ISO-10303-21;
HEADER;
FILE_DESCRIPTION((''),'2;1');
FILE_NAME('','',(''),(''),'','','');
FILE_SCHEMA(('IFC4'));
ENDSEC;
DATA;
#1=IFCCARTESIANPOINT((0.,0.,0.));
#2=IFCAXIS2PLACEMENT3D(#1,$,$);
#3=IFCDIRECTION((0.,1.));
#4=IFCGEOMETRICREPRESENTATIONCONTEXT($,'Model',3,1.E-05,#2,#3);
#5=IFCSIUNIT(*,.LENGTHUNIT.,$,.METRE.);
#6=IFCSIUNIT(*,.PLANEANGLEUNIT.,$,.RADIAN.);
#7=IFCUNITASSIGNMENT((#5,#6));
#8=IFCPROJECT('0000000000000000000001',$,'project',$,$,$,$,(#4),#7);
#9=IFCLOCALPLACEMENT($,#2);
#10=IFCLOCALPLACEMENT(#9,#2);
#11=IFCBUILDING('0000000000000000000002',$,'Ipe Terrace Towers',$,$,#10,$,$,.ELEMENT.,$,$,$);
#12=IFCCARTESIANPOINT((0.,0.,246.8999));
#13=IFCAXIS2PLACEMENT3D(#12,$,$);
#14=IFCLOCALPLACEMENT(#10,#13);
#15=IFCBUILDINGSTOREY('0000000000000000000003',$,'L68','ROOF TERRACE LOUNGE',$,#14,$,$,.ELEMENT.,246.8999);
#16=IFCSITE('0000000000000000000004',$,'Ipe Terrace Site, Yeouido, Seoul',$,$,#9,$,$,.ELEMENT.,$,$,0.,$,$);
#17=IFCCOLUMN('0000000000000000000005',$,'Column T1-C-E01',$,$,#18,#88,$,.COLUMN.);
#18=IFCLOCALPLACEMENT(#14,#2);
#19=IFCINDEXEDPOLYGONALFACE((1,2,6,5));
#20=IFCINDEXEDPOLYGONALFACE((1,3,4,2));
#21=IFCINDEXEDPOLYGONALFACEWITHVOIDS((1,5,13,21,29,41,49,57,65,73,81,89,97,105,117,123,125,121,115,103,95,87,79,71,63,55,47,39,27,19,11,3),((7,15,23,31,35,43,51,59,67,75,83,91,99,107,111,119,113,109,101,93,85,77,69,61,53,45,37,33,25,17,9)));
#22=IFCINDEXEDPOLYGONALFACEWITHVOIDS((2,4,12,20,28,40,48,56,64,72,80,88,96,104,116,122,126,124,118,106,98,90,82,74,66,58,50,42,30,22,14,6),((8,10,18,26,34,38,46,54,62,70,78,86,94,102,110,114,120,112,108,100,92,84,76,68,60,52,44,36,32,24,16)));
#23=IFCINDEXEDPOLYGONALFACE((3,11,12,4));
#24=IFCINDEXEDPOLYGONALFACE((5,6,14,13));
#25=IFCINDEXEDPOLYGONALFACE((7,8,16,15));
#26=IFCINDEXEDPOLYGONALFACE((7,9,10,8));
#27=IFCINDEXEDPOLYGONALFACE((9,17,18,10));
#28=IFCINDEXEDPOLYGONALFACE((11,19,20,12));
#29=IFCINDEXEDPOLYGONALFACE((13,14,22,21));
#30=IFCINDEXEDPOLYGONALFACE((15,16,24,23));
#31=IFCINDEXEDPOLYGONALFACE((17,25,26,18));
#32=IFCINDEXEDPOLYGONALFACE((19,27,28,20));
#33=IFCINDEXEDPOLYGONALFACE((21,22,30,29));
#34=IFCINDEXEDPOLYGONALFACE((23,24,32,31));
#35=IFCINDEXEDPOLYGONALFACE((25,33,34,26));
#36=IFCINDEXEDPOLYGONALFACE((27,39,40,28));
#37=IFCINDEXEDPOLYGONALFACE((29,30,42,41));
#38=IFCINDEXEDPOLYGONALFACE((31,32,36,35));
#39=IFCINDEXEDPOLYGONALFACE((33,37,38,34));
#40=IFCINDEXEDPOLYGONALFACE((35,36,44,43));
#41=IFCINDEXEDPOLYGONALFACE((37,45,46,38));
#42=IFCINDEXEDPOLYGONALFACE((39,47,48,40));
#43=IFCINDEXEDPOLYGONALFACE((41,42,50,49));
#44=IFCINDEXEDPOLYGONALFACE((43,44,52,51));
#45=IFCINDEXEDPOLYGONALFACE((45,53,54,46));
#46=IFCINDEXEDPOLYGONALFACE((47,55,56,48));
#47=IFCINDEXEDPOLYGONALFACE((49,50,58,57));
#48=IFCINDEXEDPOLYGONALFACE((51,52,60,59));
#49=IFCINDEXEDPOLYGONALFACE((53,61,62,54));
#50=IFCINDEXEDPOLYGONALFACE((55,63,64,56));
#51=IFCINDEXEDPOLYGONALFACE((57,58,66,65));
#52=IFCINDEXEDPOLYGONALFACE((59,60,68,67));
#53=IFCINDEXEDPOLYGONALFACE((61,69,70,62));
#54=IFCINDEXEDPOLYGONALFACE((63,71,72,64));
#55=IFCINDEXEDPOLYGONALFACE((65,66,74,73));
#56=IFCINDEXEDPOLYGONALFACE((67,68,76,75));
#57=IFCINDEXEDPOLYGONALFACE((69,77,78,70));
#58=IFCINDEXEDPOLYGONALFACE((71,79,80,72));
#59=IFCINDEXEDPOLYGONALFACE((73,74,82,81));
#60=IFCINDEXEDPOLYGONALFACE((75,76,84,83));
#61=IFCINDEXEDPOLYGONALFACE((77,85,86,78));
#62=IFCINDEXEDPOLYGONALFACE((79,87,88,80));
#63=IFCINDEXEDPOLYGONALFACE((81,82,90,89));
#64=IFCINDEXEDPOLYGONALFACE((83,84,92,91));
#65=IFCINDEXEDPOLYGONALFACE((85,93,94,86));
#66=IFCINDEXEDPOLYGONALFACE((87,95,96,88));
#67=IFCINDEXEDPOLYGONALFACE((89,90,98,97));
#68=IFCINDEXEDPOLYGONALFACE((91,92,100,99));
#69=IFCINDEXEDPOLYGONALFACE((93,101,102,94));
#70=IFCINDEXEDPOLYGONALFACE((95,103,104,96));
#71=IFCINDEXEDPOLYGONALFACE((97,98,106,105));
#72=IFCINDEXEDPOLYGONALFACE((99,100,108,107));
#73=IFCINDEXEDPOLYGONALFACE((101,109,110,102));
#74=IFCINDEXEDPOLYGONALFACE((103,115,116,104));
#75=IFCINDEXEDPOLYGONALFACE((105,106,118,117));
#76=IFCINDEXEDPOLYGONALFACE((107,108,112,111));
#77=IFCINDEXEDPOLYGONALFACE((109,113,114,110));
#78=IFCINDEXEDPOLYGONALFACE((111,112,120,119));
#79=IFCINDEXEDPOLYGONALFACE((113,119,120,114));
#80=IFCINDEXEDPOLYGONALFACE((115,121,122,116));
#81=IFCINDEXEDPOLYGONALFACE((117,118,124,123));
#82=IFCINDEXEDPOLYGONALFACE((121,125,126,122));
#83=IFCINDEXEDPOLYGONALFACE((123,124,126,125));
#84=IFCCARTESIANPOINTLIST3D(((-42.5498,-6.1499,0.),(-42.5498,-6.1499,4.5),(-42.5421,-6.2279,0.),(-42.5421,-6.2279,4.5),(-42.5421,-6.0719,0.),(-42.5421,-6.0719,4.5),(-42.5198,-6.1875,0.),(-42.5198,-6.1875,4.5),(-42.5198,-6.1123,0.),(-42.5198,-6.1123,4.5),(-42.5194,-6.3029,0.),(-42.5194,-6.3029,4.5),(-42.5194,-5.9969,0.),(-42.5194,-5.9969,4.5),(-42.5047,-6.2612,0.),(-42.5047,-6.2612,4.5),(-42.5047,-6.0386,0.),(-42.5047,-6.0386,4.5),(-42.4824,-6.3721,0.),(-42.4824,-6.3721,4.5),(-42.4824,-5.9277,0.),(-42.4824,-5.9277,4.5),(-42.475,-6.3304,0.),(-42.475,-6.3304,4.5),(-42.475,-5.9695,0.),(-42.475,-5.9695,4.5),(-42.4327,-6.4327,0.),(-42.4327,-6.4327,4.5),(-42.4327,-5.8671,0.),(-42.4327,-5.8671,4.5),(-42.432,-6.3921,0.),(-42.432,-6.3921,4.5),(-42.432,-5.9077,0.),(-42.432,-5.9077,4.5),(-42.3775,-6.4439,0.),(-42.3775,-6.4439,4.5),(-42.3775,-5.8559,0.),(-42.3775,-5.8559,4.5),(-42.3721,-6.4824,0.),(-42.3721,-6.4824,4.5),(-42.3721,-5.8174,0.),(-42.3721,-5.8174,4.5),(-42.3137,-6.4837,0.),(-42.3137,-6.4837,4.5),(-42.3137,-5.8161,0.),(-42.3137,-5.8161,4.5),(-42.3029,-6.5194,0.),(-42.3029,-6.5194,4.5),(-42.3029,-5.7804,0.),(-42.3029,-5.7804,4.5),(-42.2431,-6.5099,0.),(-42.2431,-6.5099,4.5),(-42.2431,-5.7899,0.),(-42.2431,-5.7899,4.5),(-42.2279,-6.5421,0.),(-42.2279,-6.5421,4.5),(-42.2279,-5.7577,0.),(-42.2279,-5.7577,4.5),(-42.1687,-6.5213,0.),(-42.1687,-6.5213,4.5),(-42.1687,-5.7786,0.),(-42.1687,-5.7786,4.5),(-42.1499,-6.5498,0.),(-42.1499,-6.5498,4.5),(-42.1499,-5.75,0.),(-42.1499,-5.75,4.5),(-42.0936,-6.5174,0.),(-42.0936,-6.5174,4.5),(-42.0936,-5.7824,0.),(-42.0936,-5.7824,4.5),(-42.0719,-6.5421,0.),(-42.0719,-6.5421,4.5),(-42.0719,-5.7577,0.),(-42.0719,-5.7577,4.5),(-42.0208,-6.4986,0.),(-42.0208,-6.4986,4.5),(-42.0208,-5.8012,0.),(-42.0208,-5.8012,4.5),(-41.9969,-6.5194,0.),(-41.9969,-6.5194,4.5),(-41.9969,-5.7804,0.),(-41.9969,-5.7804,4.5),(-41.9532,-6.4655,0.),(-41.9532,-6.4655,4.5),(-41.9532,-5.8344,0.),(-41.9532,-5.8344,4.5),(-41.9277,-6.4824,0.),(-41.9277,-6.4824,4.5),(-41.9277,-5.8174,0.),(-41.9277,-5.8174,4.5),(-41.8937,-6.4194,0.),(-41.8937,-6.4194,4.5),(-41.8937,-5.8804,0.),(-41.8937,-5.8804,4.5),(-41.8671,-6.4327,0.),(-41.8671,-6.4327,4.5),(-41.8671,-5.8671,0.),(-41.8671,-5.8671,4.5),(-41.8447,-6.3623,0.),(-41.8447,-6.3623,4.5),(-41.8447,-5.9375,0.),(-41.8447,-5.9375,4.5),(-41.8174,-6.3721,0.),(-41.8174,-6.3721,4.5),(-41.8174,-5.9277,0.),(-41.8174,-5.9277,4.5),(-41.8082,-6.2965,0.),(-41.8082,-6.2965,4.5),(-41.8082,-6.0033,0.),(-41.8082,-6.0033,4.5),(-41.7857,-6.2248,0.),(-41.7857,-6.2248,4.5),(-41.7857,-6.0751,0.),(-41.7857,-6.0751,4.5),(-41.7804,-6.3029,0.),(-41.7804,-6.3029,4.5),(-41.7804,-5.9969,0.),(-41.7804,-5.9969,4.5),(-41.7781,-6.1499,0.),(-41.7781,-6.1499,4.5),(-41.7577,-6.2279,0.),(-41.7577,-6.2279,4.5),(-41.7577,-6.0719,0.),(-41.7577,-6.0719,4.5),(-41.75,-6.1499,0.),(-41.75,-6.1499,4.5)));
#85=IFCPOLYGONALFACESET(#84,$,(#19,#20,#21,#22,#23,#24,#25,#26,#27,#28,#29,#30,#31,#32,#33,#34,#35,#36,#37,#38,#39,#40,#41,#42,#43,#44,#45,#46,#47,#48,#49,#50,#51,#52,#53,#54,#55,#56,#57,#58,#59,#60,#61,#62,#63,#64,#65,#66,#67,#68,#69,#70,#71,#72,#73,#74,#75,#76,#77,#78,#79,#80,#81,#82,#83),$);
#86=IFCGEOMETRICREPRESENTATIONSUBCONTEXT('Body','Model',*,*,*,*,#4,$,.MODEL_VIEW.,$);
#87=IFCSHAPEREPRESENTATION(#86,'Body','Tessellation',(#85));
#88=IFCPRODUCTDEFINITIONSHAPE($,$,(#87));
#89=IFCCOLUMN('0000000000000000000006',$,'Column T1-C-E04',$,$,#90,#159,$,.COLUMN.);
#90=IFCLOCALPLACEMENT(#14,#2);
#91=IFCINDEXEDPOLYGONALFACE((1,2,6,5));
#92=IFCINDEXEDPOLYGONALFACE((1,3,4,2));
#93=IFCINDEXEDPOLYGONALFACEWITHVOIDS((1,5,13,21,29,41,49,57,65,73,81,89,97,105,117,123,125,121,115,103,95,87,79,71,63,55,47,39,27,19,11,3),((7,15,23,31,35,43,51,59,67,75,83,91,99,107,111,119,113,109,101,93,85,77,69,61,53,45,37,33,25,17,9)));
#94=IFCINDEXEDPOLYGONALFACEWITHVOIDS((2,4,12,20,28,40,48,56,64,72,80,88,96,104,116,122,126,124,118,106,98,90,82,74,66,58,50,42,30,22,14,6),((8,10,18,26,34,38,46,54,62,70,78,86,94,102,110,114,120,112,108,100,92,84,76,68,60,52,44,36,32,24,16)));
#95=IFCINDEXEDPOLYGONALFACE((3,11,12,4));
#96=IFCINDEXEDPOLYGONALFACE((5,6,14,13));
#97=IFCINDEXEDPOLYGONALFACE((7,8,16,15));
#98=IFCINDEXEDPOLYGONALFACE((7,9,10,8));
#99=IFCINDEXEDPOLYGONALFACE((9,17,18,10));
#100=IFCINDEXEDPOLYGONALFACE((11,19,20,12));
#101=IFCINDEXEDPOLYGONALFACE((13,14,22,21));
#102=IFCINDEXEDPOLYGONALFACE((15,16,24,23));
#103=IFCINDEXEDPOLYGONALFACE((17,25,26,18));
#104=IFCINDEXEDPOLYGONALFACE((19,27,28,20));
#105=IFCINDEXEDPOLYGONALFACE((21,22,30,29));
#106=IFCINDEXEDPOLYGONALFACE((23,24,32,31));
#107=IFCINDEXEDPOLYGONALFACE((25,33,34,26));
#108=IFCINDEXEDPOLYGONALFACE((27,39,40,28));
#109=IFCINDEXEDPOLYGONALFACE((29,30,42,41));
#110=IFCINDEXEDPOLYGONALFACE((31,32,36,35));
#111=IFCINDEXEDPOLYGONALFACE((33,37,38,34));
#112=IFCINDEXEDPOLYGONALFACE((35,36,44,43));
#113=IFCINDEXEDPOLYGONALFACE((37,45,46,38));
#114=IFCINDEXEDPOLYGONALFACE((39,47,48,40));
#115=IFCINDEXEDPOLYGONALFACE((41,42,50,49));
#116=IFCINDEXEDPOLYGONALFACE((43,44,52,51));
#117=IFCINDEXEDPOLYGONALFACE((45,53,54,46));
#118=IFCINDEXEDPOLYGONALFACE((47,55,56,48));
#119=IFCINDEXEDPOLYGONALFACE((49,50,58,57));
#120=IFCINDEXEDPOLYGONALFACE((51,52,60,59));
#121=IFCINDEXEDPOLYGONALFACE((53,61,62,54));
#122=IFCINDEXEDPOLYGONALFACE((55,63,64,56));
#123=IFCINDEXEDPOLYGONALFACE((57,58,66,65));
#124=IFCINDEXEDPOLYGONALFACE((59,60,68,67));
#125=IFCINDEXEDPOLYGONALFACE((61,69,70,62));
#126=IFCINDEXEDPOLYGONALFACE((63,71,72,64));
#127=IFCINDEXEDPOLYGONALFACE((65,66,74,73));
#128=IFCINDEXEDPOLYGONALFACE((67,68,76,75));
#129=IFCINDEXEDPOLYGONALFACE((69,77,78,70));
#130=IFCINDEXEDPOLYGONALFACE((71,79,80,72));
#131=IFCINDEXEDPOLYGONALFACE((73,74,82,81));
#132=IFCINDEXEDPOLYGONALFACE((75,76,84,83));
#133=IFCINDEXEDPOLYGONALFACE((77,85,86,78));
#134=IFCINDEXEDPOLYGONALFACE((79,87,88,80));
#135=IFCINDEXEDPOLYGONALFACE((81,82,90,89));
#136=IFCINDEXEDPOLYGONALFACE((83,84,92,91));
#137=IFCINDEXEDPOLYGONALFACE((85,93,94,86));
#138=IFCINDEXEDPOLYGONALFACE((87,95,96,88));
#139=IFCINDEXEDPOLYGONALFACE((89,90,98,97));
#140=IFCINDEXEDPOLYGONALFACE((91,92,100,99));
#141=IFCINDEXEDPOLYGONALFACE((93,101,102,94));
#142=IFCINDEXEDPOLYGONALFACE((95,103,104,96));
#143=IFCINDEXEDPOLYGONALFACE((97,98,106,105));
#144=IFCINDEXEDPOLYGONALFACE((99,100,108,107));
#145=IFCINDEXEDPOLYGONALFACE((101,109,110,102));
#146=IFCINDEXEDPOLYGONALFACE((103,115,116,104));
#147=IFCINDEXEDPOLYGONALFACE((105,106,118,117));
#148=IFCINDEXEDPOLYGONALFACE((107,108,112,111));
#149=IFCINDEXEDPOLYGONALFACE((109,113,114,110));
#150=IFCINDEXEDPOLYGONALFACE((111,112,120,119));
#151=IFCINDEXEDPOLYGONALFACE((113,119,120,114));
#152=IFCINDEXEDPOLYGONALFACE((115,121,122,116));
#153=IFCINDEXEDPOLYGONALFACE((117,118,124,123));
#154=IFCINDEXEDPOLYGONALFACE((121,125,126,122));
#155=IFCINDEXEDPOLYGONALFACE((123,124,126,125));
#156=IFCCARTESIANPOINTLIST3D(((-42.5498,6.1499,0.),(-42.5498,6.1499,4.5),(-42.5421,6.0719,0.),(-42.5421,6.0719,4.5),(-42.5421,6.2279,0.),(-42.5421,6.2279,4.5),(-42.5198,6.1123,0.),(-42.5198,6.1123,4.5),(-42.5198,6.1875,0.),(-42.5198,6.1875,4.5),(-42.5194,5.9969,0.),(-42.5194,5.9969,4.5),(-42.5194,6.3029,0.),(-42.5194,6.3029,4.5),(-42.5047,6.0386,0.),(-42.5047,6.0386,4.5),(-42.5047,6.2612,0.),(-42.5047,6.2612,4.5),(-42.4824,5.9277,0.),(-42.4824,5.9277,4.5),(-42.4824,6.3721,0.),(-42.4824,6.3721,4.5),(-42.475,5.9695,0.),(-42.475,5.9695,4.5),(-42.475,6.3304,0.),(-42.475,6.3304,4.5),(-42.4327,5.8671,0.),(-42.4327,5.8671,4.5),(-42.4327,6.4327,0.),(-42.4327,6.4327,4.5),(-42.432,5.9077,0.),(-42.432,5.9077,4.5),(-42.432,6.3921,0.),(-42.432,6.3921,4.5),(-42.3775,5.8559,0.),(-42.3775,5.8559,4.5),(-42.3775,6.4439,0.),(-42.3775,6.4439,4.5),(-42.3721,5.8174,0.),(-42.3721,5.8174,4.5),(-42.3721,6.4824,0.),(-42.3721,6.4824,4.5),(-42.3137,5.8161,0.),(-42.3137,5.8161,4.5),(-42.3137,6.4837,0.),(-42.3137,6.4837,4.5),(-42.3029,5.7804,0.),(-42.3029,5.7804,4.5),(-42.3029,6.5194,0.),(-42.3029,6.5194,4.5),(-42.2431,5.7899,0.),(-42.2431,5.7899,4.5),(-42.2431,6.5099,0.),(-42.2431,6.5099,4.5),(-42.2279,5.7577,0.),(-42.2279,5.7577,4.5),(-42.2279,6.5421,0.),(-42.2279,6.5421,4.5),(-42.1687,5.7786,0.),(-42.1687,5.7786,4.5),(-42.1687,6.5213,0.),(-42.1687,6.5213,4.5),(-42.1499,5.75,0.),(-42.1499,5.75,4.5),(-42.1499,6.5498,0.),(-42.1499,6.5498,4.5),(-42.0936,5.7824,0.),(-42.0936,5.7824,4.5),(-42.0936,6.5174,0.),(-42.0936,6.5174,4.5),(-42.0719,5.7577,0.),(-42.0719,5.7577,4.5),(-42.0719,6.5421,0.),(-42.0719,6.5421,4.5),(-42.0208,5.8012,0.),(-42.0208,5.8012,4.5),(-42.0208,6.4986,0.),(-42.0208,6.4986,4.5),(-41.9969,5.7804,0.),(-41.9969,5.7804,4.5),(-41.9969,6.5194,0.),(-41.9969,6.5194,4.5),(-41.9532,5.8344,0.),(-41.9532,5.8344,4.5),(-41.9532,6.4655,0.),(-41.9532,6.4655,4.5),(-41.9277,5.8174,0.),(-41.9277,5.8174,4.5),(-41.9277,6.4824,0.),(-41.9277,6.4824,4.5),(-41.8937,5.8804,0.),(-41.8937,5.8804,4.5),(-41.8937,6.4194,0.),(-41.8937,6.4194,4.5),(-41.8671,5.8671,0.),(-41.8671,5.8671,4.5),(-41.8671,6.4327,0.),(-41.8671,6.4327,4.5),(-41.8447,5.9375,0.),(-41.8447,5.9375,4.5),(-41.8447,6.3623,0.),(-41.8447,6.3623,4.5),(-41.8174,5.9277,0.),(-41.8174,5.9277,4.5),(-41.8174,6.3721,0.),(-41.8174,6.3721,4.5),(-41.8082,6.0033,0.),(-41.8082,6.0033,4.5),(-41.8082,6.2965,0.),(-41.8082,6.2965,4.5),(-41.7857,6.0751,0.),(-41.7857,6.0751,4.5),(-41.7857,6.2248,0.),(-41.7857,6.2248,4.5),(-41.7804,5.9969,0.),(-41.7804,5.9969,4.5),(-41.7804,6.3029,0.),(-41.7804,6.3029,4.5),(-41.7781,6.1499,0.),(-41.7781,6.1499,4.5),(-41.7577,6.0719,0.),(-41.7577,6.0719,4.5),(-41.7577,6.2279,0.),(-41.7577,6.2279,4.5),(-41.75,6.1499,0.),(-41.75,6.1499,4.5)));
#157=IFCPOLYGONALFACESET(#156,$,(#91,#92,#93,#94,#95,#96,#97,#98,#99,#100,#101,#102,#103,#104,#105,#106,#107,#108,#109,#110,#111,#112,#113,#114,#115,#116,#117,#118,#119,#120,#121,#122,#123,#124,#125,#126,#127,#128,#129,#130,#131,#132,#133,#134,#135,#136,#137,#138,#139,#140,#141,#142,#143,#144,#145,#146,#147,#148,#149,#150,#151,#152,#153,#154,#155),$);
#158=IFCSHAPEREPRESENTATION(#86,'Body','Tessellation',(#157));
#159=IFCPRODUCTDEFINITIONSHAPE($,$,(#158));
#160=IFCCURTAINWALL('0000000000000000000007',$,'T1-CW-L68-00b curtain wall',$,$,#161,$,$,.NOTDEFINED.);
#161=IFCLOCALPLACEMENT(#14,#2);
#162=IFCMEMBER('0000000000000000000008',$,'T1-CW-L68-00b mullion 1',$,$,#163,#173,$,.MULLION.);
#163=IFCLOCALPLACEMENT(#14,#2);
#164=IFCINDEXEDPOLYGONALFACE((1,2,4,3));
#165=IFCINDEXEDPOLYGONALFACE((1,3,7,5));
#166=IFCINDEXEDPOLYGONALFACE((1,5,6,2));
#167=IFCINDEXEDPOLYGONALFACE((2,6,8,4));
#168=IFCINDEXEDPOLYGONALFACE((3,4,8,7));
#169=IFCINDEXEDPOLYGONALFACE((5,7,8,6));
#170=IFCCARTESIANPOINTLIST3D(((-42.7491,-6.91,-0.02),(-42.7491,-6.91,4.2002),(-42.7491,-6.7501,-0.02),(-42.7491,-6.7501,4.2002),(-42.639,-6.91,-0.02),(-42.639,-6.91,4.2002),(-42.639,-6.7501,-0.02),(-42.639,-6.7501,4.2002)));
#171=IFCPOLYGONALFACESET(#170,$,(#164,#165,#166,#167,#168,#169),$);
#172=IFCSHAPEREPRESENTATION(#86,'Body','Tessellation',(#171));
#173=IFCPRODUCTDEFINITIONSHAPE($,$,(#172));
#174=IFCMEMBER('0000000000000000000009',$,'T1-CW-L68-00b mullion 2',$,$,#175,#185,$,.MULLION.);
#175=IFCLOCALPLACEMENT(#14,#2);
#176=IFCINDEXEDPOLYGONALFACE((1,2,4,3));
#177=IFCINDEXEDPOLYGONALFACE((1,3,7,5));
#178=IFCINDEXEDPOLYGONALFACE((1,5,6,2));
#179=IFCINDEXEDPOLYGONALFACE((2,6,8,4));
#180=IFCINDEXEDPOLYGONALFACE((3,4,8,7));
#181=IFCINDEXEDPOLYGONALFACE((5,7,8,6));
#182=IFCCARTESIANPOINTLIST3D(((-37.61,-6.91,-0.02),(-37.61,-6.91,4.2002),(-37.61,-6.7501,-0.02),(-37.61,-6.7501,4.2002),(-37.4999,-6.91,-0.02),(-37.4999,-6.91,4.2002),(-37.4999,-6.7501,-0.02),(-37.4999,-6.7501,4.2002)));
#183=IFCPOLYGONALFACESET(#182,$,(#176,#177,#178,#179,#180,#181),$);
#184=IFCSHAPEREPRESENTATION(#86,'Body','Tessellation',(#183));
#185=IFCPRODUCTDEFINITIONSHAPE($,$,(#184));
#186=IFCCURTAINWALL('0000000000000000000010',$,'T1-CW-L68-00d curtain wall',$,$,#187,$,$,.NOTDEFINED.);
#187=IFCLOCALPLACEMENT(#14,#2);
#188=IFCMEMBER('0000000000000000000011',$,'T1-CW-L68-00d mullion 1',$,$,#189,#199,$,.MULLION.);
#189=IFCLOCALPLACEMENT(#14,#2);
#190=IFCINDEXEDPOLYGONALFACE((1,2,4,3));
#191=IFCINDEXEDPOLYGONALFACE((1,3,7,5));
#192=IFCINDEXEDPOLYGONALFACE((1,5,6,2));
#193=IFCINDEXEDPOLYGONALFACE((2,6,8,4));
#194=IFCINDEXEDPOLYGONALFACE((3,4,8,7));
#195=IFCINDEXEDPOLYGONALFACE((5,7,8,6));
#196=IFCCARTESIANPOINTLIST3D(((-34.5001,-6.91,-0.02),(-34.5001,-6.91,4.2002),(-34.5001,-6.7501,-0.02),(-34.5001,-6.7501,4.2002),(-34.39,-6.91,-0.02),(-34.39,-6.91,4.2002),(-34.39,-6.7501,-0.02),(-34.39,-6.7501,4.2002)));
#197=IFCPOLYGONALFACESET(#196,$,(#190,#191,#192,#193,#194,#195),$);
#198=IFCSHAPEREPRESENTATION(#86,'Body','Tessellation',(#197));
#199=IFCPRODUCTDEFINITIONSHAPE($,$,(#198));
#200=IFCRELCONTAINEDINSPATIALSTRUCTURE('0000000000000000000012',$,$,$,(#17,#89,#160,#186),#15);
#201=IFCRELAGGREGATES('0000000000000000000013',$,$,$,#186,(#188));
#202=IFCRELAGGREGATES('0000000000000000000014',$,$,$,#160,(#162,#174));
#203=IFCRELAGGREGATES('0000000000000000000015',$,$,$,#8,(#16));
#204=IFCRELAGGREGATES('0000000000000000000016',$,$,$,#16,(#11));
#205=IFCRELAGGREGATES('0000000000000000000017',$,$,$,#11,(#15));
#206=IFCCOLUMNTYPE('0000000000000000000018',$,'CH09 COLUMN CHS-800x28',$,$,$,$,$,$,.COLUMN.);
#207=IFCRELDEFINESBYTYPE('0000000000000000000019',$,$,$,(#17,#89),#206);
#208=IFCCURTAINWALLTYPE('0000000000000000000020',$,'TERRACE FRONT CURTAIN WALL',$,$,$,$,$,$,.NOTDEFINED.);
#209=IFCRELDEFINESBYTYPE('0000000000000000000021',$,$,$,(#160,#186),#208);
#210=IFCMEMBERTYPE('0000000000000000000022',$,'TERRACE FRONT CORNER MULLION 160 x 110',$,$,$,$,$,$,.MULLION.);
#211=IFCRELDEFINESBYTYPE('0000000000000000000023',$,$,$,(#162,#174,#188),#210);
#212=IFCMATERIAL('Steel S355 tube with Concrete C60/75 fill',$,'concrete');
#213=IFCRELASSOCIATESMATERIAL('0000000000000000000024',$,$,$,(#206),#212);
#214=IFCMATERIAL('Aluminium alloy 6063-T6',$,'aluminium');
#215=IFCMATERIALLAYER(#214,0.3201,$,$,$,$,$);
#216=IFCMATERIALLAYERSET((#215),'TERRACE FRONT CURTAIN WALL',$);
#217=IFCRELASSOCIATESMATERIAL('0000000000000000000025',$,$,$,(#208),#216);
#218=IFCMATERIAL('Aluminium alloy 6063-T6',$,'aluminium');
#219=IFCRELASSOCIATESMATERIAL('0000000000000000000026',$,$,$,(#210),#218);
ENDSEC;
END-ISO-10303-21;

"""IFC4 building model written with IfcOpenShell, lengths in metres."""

from ifc_helpers import new_model, si_unit, direction, frame, origin, origin_2d, place, context, subcontext, project, spatial, rectangle, hollow_circle, extrude, material, layer, layer_set, material_profile, profile_set, type_object, element, aggregate, save


model = new_model("IFC4")

# Units and contexts
model_context = context("Model", 3, precision=1e-05, world=origin(), true_north=direction((0.0, 1.0)))
body_context = subcontext(model_context, "Body", "Model", "MODEL_VIEW")
ifc_project = project(units=[si_unit("LENGTHUNIT", "METRE"), si_unit("PLANEANGLEUNIT", "RADIAN")], contexts=[model_context])

# Site, building, storey
site_placement = place(None, origin())
site = spatial("IfcSite", under=ifc_project, at=site_placement, Name="Ipe Terrace Site, Yeouido, Seoul", CompositionType="ELEMENT", RefElevation=0.0)
building_placement = place(site_placement, origin())
building = spatial("IfcBuilding", under=site, at=building_placement, Name="Ipe Terrace Towers", CompositionType="ELEMENT")
storey_placement = place(building_placement, frame((0.0, 0.0, 246.8999)))
storey = spatial("IfcBuildingStorey", under=building, at=storey_placement, Name="L68", Description="ROOF TERRACE LOUNGE", CompositionType="ELEMENT", Elevation=246.8999)

# Columns
ifc_material_1 = material(Name="Steel S355 tube with Concrete C60/75 fill", Category="concrete")
ifc_material_profile_1 = material_profile(ifc_material_1, hollow_circle(Radius=0.3999, WallThickness=0.0281, at=origin_2d()), Name="CHS-800x28")
ifc_profile_set_1 = profile_set([ifc_material_profile_1], Name="Steel S355 tube with Concrete C60/75 fill")
column_type = type_object("IfcColumnType", Name="CH09 COLUMN CHS-800x28", PredefinedType="COLUMN", material=ifc_profile_set_1)
for number, where, z_axis, x_axis, name in (
    (1, (-42.1499, -6.1499, 0.0), (0.0, 0.0, 1.0), (1.0, 0.0, 0.0), "Column T1-C-E01"),
    (2, (-42.1499, 6.1499, 0.0), (0.0, 0.0, 1.0), (1.0, 0.0, 0.0), "Column T1-C-E04"),
):
    element("IfcColumn", number, at=place(storey_placement, frame(where, z_axis=z_axis, x_axis=x_axis)), inside=storey, type_object=column_type, Name=name, PredefinedType="COLUMN", context=body_context, shape_type="SweptSolid", body=[
        extrude(hollow_circle(Radius=0.3999, WallThickness=0.0281, at=origin_2d()), origin(), (0.0, 0.0, 1.0), 4.5),
    ])

# Curtain wall, members
ifc_material_2 = material(Name="Aluminium alloy 6063-T6", Category="aluminium")
ifc_layer_1 = layer(ifc_material_2, 0.3201)
ifc_layer_set_1 = layer_set([ifc_layer_1], Name="TERRACE FRONT CURTAIN WALL")
curtain_wall_type = type_object("IfcCurtainWallType", Name="TERRACE FRONT CURTAIN WALL", PredefinedType="NOTDEFINED", material=ifc_layer_set_1)
curtain_wall_1_placement = place(storey_placement, origin())
curtain_wall_1 = element("IfcCurtainWall", 3, at=curtain_wall_1_placement, inside=storey, type_object=curtain_wall_type, Name="T1-CW-L68-00b curtain wall", PredefinedType="NOTDEFINED")
ifc_material_3 = material(Name="Aluminium alloy 6063-T6", Category="aluminium")
ifc_material_profile_2 = material_profile(ifc_material_3, rectangle(XDim=0.1599, YDim=0.1101, at=origin_2d()), Name="TERRACE FRONT CORNER MULLION 160 x 110")
ifc_profile_set_2 = profile_set([ifc_material_profile_2], Name="Aluminium alloy 6063-T6")
member_type_1 = type_object("IfcMemberType", Name="TERRACE FRONT CORNER MULLION 160 x 110", PredefinedType="MULLION", material=ifc_profile_set_2)
member_1_placement = place(storey_placement, frame((-42.6941, -6.8301, -0.02), z_axis=(0.0, 0.0, 1.0), x_axis=(0.0, -1.0, 0.0)))
member_1 = element("IfcMember", 4, at=member_1_placement, type_object=member_type_1, Name="T1-CW-L68-00b mullion 1", PredefinedType="MULLION", context=body_context, shape_type="SweptSolid", body=[
    extrude(rectangle(XDim=0.1599, YDim=0.1101, at=origin_2d()), origin(), (0.0, 0.0, 1.0), 4.2202),
])
member_2_placement = place(storey_placement, frame((-37.5549, -6.8301, -0.02), z_axis=(0.0, 0.0, 1.0), x_axis=(0.0, -1.0, 0.0)))
member_2 = element("IfcMember", 5, at=member_2_placement, type_object=member_type_1, Name="T1-CW-L68-00b mullion 2", PredefinedType="MULLION", context=body_context, shape_type="SweptSolid", body=[
    extrude(rectangle(XDim=0.1599, YDim=0.1101, at=origin_2d()), origin(), (0.0, 0.0, 1.0), 4.2202),
])

# Curtain wall, member
curtain_wall_2_placement = place(storey_placement, origin())
curtain_wall_2 = element("IfcCurtainWall", 6, at=curtain_wall_2_placement, inside=storey, type_object=curtain_wall_type, Name="T1-CW-L68-00d curtain wall", PredefinedType="NOTDEFINED")
member_3_placement = place(storey_placement, frame((-34.4451, -6.8301, -0.02), z_axis=(0.0, 0.0, 1.0), x_axis=(0.0, -1.0, 0.0)))
member_3 = element("IfcMember", 7, at=member_3_placement, type_object=member_type_1, Name="T1-CW-L68-00d mullion 1", PredefinedType="MULLION", context=body_context, shape_type="SweptSolid", body=[
    extrude(rectangle(XDim=0.1599, YDim=0.1101, at=origin_2d()), origin(), (0.0, 0.0, 1.0), 4.2202),
])
aggregate(curtain_wall_2, [member_3])

aggregate(curtain_wall_1, [member_1, member_2])

save(model, "model.ifc")
